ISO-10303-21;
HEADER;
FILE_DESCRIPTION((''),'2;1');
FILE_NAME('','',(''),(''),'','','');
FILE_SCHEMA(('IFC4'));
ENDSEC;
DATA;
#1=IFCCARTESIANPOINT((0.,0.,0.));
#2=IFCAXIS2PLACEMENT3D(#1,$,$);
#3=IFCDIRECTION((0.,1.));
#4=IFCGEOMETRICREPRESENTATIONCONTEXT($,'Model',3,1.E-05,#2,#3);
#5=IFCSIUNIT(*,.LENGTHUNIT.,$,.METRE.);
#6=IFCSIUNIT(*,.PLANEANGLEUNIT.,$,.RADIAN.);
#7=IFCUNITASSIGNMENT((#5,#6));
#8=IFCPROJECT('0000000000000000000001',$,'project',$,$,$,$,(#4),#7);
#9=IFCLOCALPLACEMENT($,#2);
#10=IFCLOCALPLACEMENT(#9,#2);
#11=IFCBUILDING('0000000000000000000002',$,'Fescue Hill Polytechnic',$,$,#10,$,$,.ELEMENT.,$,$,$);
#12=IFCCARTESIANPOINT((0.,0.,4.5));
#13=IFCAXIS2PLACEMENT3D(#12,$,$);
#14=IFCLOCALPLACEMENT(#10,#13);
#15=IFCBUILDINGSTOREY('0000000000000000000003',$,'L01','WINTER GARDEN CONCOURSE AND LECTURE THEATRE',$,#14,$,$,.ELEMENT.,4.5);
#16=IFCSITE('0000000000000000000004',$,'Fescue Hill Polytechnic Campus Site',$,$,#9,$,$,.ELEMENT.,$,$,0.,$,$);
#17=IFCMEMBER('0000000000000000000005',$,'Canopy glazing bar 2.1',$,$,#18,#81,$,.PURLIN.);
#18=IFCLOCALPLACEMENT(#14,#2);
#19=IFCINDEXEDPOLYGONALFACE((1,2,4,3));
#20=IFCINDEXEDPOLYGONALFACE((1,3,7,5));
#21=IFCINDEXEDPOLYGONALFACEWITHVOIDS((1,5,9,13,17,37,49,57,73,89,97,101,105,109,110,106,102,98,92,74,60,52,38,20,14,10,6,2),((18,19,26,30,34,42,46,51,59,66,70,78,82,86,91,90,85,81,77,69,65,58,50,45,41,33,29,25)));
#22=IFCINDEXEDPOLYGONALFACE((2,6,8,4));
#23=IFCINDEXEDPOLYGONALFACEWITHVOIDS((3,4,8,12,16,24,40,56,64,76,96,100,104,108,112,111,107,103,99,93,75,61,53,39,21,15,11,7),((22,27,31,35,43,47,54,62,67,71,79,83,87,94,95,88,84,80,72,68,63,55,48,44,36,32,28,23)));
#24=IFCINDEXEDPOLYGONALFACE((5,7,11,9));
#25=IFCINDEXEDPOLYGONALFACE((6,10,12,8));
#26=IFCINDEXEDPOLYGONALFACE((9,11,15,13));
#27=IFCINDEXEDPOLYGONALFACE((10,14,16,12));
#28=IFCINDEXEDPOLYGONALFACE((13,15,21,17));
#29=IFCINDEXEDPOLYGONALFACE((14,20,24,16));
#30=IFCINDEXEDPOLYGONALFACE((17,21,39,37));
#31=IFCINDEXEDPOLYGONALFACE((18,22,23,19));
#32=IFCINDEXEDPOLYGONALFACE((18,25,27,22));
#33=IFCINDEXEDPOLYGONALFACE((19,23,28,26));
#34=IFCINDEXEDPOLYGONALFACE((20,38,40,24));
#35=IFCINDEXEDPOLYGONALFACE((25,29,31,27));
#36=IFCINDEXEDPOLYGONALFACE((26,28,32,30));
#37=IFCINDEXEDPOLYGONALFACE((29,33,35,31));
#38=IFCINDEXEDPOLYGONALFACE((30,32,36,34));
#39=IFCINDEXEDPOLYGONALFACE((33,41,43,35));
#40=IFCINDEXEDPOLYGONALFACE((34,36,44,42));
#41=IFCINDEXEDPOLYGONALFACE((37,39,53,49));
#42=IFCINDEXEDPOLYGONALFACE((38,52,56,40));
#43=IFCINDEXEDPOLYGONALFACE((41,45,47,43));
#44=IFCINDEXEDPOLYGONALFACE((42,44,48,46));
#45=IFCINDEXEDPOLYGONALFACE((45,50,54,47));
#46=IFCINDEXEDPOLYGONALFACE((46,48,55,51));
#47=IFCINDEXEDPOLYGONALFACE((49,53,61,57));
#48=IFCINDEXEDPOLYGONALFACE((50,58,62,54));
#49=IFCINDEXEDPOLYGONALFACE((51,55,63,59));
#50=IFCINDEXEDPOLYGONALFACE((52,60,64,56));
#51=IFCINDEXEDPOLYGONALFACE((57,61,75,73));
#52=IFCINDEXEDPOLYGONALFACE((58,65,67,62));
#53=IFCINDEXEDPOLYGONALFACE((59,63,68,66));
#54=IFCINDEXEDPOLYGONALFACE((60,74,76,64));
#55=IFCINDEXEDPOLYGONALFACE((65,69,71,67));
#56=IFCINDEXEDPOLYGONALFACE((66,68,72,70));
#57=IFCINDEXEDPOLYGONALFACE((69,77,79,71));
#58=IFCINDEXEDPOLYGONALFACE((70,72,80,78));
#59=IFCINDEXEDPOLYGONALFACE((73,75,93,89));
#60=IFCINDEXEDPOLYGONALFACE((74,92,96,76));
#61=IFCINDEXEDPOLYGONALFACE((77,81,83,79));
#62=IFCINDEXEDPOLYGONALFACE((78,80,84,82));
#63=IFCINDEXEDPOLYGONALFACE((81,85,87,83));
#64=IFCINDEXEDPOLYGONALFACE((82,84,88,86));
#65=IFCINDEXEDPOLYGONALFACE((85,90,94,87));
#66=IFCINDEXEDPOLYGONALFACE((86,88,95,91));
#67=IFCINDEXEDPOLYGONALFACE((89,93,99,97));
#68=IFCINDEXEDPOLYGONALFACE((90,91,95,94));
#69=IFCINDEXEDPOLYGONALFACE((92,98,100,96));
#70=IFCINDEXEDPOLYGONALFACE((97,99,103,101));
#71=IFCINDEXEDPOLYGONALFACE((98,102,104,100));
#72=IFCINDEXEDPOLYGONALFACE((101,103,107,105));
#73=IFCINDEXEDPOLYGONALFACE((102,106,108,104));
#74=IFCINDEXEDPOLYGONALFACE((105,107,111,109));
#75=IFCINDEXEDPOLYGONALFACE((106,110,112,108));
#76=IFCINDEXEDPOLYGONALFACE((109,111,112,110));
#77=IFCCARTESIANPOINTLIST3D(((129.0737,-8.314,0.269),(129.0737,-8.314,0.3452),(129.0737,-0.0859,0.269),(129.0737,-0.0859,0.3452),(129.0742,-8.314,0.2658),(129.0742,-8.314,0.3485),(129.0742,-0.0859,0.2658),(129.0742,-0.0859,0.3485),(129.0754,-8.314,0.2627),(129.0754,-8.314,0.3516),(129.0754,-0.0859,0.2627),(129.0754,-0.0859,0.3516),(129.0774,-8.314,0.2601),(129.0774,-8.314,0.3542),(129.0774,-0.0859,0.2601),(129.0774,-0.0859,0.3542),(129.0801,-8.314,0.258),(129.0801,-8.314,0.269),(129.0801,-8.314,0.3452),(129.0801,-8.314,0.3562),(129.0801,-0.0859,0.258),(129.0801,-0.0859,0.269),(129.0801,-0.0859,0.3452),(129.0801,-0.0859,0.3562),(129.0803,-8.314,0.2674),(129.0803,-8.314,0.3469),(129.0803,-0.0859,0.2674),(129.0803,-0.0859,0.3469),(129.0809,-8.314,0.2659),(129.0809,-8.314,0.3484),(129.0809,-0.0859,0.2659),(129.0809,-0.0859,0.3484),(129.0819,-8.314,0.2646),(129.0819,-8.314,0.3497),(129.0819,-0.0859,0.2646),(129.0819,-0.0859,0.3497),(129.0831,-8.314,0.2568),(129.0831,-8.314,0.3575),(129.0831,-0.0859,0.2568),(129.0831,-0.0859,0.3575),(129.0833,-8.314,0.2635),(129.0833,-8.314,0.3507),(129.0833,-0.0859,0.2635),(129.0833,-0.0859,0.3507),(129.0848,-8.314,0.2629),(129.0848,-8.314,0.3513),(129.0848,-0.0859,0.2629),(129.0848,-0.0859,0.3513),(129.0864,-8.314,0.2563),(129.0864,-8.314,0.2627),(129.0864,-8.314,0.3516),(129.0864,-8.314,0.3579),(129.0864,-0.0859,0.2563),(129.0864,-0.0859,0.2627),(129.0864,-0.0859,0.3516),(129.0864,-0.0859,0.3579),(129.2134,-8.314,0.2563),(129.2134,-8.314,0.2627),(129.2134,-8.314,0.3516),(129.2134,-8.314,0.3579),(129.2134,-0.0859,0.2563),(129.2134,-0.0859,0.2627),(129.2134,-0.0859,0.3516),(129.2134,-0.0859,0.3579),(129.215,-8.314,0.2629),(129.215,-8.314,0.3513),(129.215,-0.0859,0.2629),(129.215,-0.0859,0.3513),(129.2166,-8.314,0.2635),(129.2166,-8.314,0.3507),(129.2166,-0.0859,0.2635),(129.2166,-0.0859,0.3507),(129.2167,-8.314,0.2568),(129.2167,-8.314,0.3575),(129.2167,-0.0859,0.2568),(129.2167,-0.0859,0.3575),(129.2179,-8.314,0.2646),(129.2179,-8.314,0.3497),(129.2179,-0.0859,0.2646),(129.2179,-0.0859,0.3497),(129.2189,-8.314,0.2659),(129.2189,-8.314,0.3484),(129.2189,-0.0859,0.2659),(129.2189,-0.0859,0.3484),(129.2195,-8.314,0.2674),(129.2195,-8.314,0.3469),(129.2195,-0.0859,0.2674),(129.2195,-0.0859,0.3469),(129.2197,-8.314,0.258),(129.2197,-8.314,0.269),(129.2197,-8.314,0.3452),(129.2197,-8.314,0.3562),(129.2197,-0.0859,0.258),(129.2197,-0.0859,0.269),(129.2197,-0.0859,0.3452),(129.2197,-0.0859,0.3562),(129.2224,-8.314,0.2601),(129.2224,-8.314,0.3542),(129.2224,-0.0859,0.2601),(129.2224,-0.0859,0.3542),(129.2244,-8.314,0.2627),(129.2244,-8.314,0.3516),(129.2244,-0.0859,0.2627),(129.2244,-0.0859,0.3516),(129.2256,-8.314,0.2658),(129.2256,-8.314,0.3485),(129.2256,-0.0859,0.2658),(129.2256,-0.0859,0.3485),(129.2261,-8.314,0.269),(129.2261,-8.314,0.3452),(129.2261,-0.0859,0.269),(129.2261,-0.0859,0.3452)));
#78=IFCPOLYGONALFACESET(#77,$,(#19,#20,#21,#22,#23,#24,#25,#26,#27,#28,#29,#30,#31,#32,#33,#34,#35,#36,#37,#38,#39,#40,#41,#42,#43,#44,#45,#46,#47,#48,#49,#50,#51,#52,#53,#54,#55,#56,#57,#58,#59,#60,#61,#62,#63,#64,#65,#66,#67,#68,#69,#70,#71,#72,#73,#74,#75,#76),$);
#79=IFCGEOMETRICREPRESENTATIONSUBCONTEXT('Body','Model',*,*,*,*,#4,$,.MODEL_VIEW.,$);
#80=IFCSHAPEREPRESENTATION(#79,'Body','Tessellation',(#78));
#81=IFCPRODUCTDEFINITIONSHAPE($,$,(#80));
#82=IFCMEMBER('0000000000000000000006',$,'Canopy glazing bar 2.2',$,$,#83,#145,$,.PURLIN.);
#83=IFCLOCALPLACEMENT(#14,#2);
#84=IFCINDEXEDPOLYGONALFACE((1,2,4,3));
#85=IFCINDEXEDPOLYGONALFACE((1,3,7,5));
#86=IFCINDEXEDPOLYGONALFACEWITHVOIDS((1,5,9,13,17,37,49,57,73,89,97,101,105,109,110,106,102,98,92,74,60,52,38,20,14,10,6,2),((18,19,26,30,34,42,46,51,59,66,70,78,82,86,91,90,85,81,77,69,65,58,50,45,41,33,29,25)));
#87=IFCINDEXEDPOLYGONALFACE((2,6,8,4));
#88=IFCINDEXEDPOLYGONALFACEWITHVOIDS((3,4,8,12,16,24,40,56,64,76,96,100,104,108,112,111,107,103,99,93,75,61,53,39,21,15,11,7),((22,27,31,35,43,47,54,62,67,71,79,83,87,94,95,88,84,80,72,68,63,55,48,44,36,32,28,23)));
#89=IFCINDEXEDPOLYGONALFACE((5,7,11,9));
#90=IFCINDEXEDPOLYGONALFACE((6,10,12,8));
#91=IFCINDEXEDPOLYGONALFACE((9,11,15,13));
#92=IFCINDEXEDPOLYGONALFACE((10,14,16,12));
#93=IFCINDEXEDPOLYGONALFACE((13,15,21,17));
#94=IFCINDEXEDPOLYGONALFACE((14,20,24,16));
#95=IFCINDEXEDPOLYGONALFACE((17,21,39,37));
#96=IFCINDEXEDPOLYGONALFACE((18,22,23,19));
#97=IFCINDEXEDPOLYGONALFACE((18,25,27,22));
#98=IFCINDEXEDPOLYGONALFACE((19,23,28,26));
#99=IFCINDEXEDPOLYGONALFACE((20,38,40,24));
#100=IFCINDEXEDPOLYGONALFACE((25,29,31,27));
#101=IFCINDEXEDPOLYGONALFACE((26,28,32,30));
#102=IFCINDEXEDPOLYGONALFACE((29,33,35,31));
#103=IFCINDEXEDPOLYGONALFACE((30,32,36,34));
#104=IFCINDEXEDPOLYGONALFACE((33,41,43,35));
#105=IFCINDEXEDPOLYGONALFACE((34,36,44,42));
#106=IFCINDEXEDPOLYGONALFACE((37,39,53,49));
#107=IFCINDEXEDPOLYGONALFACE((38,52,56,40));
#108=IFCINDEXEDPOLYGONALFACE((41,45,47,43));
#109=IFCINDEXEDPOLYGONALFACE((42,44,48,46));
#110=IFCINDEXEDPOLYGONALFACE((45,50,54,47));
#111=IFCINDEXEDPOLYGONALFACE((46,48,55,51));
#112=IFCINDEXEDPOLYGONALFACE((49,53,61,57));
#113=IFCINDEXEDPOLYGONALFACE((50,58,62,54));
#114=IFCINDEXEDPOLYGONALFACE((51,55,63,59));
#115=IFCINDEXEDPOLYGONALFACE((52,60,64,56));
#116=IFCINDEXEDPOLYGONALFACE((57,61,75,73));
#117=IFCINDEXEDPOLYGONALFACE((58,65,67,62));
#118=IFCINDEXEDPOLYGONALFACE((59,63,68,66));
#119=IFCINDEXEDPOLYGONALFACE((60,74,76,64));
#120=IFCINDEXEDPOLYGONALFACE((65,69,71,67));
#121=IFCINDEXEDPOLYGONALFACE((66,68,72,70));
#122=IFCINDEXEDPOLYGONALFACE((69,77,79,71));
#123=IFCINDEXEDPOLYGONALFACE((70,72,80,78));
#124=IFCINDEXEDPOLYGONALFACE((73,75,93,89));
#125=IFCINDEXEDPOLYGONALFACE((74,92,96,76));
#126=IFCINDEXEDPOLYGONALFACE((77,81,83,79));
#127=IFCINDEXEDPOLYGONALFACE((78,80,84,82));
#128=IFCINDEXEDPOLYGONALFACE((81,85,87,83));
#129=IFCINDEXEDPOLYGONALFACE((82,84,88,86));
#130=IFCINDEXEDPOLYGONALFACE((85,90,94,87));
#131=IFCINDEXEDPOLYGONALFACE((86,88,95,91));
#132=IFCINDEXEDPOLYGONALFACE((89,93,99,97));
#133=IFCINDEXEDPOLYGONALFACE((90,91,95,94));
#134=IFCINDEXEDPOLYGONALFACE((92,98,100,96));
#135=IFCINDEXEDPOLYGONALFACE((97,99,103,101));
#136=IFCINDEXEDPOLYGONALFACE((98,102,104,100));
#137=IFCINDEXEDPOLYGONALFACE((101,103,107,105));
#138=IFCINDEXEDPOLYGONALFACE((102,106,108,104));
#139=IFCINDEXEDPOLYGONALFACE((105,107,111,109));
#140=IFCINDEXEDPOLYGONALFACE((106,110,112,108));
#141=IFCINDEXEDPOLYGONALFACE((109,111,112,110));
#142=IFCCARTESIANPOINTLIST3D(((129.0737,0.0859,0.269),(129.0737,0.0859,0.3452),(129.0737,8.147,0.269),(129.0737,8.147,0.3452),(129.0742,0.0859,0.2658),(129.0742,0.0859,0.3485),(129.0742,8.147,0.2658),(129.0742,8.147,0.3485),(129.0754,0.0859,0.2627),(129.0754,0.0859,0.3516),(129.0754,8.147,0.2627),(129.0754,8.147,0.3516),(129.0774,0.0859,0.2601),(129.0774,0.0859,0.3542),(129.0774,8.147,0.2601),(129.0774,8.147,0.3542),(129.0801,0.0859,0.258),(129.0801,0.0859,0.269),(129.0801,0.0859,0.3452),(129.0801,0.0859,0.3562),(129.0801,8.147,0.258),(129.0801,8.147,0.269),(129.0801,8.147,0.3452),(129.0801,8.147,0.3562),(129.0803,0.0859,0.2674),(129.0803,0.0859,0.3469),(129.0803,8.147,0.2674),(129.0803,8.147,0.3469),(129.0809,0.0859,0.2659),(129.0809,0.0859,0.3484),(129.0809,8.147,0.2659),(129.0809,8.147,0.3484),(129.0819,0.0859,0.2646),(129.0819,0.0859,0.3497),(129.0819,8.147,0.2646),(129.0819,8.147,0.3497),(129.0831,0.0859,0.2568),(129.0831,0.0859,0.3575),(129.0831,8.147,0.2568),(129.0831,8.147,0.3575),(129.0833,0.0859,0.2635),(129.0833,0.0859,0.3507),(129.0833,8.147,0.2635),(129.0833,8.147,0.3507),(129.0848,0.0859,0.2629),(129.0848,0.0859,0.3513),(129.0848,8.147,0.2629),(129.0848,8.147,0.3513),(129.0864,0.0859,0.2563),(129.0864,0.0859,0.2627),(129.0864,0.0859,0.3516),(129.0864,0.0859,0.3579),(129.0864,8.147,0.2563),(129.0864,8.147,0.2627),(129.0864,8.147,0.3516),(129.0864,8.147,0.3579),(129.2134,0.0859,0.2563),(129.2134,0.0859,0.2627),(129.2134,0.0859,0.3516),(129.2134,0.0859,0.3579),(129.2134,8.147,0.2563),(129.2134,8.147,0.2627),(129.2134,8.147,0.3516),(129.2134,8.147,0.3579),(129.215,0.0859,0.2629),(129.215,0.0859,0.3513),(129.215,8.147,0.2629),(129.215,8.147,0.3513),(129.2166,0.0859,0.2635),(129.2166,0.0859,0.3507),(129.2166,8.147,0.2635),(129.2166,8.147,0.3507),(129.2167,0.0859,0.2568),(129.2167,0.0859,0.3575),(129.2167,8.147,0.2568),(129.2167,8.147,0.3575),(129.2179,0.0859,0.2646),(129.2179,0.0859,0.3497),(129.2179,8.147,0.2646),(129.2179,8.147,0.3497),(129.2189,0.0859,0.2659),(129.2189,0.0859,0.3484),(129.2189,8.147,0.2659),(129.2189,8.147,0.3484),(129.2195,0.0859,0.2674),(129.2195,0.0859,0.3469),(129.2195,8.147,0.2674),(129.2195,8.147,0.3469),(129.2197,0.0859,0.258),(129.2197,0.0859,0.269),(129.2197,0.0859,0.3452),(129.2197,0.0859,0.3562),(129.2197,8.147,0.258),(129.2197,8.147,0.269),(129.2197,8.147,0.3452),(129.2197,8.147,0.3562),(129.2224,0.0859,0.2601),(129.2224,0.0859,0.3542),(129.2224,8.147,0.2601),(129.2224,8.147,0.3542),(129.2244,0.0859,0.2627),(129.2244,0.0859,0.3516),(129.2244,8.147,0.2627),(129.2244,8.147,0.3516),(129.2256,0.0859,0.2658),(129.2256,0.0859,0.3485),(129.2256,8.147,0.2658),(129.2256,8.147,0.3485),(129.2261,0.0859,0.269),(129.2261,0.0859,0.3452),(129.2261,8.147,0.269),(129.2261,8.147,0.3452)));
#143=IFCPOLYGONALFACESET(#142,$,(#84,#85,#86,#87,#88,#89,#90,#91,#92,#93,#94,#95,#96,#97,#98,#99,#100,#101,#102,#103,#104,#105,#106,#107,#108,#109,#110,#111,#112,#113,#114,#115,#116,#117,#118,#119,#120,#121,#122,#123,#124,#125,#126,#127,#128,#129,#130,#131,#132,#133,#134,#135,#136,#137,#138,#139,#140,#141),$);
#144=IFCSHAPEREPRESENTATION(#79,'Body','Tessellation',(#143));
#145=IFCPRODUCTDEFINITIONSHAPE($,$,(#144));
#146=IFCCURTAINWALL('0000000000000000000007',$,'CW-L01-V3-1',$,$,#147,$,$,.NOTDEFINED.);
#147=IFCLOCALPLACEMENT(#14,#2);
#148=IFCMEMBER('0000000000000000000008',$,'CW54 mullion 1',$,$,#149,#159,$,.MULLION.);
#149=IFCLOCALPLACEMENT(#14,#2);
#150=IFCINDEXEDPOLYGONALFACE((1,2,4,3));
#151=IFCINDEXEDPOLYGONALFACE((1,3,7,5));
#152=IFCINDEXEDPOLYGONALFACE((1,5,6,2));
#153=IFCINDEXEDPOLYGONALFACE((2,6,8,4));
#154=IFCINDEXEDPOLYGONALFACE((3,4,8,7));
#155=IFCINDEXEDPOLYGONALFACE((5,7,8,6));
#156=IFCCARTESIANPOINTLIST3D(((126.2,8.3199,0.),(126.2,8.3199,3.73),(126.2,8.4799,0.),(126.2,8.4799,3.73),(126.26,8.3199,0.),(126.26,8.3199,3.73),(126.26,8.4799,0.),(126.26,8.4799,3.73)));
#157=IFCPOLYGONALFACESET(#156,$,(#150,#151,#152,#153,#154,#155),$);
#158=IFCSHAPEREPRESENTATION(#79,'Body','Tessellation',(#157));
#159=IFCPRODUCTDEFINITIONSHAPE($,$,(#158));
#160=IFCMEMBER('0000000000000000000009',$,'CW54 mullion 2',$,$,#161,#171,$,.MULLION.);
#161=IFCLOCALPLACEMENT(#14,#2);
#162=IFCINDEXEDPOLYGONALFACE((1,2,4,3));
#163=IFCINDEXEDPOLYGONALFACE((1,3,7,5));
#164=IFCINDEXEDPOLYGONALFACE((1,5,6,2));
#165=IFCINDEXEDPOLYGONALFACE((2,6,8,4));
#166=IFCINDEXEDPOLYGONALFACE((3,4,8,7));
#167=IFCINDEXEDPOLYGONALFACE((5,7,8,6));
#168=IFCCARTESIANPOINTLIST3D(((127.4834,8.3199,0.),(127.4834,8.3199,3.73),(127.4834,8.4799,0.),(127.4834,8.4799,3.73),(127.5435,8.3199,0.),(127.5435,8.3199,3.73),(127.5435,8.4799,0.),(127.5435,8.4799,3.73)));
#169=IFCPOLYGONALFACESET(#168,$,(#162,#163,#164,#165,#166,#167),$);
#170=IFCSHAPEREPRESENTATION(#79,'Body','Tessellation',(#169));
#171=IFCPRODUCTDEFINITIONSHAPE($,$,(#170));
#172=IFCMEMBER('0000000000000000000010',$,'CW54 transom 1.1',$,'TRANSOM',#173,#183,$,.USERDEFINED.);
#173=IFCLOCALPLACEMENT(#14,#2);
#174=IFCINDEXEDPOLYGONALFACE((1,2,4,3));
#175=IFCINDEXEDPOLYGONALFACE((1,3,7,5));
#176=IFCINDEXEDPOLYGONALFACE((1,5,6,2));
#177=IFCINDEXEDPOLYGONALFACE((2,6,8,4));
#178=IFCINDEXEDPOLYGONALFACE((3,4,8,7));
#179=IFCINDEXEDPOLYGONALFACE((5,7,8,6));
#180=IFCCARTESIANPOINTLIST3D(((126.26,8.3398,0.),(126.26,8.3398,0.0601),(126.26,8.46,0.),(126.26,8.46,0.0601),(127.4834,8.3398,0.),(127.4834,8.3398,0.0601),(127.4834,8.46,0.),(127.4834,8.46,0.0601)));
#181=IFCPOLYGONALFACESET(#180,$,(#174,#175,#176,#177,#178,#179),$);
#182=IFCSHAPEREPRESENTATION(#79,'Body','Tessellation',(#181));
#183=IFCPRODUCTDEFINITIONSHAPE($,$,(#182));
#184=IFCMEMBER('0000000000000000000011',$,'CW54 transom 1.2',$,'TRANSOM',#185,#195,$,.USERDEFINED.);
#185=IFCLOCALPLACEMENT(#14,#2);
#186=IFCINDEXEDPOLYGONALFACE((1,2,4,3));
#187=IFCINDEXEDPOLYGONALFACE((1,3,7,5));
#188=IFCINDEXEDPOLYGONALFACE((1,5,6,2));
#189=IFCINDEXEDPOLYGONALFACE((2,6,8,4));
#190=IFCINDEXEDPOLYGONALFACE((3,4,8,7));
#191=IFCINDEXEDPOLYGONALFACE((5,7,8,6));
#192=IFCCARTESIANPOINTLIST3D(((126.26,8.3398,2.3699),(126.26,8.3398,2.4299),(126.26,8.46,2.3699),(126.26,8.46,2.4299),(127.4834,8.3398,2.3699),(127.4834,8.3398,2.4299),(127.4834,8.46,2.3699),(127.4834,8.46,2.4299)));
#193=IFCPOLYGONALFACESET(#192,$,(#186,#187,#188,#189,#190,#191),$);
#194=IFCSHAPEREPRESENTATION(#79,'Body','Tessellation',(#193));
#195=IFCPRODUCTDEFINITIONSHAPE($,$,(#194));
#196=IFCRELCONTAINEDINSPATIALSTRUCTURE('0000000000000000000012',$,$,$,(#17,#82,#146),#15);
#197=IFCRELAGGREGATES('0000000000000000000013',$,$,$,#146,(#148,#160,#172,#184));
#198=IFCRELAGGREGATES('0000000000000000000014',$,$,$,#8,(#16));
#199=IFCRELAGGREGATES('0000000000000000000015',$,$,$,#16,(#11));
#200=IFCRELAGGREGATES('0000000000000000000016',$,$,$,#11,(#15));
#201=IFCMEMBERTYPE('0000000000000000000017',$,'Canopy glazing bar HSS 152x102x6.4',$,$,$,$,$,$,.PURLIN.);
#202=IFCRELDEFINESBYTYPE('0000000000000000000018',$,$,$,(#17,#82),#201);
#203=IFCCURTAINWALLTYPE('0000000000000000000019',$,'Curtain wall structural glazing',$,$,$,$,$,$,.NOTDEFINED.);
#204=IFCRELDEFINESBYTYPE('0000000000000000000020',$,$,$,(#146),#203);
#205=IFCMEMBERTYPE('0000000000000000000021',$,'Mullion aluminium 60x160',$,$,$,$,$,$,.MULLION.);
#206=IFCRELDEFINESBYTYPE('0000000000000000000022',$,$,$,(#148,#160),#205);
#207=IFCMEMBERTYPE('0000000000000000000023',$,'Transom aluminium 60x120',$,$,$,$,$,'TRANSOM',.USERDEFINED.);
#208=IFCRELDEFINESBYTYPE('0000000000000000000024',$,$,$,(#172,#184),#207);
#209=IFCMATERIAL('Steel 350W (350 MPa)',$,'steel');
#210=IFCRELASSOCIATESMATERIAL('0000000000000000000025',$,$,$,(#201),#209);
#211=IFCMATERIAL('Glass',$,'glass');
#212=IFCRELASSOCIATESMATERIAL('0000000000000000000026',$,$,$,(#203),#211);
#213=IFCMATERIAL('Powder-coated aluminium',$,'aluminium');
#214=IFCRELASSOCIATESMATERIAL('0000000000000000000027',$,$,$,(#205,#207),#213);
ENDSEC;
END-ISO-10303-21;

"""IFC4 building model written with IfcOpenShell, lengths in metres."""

from ifc_helpers import new_model, si_unit, direction, frame, origin, origin_2d, place, context, subcontext, project, spatial, rectangle, hollow_rectangle, extrude, material, material_profile, profile_set, type_object, element, aggregate, save


model = new_model("IFC4")

# Units and contexts
model_context = context("Model", 3, precision=1e-05, world=origin(), true_north=direction((0.0, 1.0)))
body_context = subcontext(model_context, "Body", "Model", "MODEL_VIEW")
ifc_project = project(units=[si_unit("LENGTHUNIT", "METRE"), si_unit("PLANEANGLEUNIT", "RADIAN")], contexts=[model_context])

# Site, building, storey
site_placement = place(None, origin())
site = spatial("IfcSite", under=ifc_project, at=site_placement, Name="Fescue Hill Polytechnic Campus Site", CompositionType="ELEMENT", RefElevation=0.0)
building_placement = place(site_placement, origin())
building = spatial("IfcBuilding", under=site, at=building_placement, Name="Fescue Hill Polytechnic", CompositionType="ELEMENT")
storey_placement = place(building_placement, frame((0.0, 0.0, 4.5)))
storey = spatial("IfcBuildingStorey", under=building, at=storey_placement, Name="L01", Description="WINTER GARDEN CONCOURSE AND LECTURE THEATRE", CompositionType="ELEMENT", Elevation=4.5)

# Shared definitions
ifc_material_1 = material(Name="Steel 350W (350 MPa)", Category="steel")

# Members
ifc_material_profile_1 = material_profile(ifc_material_1, hollow_rectangle(XDim=0.1016, YDim=0.1523, WallThickness=0.0063, InnerFilletRadius=0.0063, OuterFilletRadius=0.0127, at=origin_2d()), Name="Canopy glazing bar HSS 152x102x6.4")
ifc_profile_set_1 = profile_set([ifc_material_profile_1], Name="Steel 350W (350 MPa)")
member_type_1 = type_object("IfcMemberType", Name="Canopy glazing bar HSS 152x102x6.4", PredefinedType="PURLIN", material=ifc_profile_set_1)
member_1_placement = place(storey_placement, frame((129.1499, -8.314, 0.3071), z_axis=(0.0, 1.0, 0.0), x_axis=(0.0, 0.0, 1.0)))
element("IfcMember", 1, at=member_1_placement, inside=storey, type_object=member_type_1, Name="Canopy glazing bar 2.1", PredefinedType="PURLIN", context=body_context, shape_type="SweptSolid", body=[
    extrude(hollow_rectangle(XDim=0.1016, YDim=0.1523, WallThickness=0.0063, InnerFilletRadius=0.0063, OuterFilletRadius=0.0127, at=origin_2d()), origin(), (0.0, 0.0, 1.0), 8.228),
])
member_2_placement = place(storey_placement, frame((129.1499, 0.0859, 0.3071), z_axis=(0.0, 1.0, 0.0), x_axis=(0.0, 0.0, 1.0)))
element("IfcMember", 2, at=member_2_placement, inside=storey, type_object=member_type_1, Name="Canopy glazing bar 2.2", PredefinedType="PURLIN", context=body_context, shape_type="SweptSolid", body=[
    extrude(hollow_rectangle(XDim=0.1016, YDim=0.1523, WallThickness=0.0063, InnerFilletRadius=0.0063, OuterFilletRadius=0.0127, at=origin_2d()), origin(), (0.0, 0.0, 1.0), 8.061),
])

# Curtain wall, members
ifc_material_2 = material(Name="Glass", Category="glass")
curtain_wall_type = type_object("IfcCurtainWallType", Name="Curtain wall structural glazing", PredefinedType="NOTDEFINED", material=ifc_material_2)
curtain_wall_placement = place(storey_placement, origin())
curtain_wall = element("IfcCurtainWall", 3, at=curtain_wall_placement, inside=storey, type_object=curtain_wall_type, Name="CW-L01-V3-1", PredefinedType="NOTDEFINED")
ifc_material_3 = material(Name="Powder-coated aluminium", Category="aluminium")
ifc_material_profile_2 = material_profile(ifc_material_3, rectangle(XDim=0.1599, YDim=0.0601, at=origin_2d()), Name="Mullion aluminium 60x160")
ifc_profile_set_2 = profile_set([ifc_material_profile_2], Name="Powder-coated aluminium")
member_type_2 = type_object("IfcMemberType", Name="Mullion aluminium 60x160", PredefinedType="MULLION", material=ifc_profile_set_2)
member_3_placement = place(storey_placement, frame((126.23, 8.3999, 0.0), z_axis=(0.0, 0.0, 1.0), x_axis=(0.0, 1.0, 0.0)))
member_3 = element("IfcMember", 4, at=member_3_placement, type_object=member_type_2, Name="CW54 mullion 1", PredefinedType="MULLION", context=body_context, shape_type="SweptSolid", body=[
    extrude(rectangle(XDim=0.1599, YDim=0.0601, at=origin_2d()), origin(), (0.0, 0.0, 1.0), 3.73),
])
member_4_placement = place(storey_placement, frame((127.5134, 8.3999, 0.0), z_axis=(0.0, 0.0, 1.0), x_axis=(0.0, 1.0, 0.0)))
member_4 = element("IfcMember", 5, at=member_4_placement, type_object=member_type_2, Name="CW54 mullion 2", PredefinedType="MULLION", context=body_context, shape_type="SweptSolid", body=[
    extrude(rectangle(XDim=0.1599, YDim=0.0601, at=origin_2d()), origin(), (0.0, 0.0, 1.0), 3.73),
])
ifc_material_profile_3 = material_profile(ifc_material_3, rectangle(XDim=0.1201, YDim=0.0601, at=origin_2d()), Name="Transom aluminium 60x120")
ifc_profile_set_3 = profile_set([ifc_material_profile_3], Name="Powder-coated aluminium")
member_type_3 = type_object("IfcMemberType", Name="Transom aluminium 60x120", ElementType="TRANSOM", PredefinedType="USERDEFINED", material=ifc_profile_set_3)
member_5_placement = place(storey_placement, frame((126.26, 8.3999, 0.03), z_axis=(1.0, 0.0, 0.0), x_axis=(0.0, 1.0, 0.0)))
member_5 = element("IfcMember", 6, at=member_5_placement, type_object=member_type_3, Name="CW54 transom 1.1", ObjectType="TRANSOM", PredefinedType="USERDEFINED", context=body_context, shape_type="SweptSolid", body=[
    extrude(rectangle(XDim=0.1201, YDim=0.0601, at=origin_2d()), origin(), (0.0, 0.0, 1.0), 1.2234),
])
member_6_placement = place(storey_placement, frame((126.26, 8.3999, 2.3999), z_axis=(1.0, 0.0, 0.0), x_axis=(0.0, 1.0, 0.0)))
member_6 = element("IfcMember", 7, at=member_6_placement, type_object=member_type_3, Name="CW54 transom 1.2", ObjectType="TRANSOM", PredefinedType="USERDEFINED", context=body_context, shape_type="SweptSolid", body=[
    extrude(rectangle(XDim=0.1201, YDim=0.0601, at=origin_2d()), origin(), (0.0, 0.0, 1.0), 1.2234),
])

aggregate(curtain_wall, [member_3, member_4, member_5, member_6])

save(model, "model.ifc")
